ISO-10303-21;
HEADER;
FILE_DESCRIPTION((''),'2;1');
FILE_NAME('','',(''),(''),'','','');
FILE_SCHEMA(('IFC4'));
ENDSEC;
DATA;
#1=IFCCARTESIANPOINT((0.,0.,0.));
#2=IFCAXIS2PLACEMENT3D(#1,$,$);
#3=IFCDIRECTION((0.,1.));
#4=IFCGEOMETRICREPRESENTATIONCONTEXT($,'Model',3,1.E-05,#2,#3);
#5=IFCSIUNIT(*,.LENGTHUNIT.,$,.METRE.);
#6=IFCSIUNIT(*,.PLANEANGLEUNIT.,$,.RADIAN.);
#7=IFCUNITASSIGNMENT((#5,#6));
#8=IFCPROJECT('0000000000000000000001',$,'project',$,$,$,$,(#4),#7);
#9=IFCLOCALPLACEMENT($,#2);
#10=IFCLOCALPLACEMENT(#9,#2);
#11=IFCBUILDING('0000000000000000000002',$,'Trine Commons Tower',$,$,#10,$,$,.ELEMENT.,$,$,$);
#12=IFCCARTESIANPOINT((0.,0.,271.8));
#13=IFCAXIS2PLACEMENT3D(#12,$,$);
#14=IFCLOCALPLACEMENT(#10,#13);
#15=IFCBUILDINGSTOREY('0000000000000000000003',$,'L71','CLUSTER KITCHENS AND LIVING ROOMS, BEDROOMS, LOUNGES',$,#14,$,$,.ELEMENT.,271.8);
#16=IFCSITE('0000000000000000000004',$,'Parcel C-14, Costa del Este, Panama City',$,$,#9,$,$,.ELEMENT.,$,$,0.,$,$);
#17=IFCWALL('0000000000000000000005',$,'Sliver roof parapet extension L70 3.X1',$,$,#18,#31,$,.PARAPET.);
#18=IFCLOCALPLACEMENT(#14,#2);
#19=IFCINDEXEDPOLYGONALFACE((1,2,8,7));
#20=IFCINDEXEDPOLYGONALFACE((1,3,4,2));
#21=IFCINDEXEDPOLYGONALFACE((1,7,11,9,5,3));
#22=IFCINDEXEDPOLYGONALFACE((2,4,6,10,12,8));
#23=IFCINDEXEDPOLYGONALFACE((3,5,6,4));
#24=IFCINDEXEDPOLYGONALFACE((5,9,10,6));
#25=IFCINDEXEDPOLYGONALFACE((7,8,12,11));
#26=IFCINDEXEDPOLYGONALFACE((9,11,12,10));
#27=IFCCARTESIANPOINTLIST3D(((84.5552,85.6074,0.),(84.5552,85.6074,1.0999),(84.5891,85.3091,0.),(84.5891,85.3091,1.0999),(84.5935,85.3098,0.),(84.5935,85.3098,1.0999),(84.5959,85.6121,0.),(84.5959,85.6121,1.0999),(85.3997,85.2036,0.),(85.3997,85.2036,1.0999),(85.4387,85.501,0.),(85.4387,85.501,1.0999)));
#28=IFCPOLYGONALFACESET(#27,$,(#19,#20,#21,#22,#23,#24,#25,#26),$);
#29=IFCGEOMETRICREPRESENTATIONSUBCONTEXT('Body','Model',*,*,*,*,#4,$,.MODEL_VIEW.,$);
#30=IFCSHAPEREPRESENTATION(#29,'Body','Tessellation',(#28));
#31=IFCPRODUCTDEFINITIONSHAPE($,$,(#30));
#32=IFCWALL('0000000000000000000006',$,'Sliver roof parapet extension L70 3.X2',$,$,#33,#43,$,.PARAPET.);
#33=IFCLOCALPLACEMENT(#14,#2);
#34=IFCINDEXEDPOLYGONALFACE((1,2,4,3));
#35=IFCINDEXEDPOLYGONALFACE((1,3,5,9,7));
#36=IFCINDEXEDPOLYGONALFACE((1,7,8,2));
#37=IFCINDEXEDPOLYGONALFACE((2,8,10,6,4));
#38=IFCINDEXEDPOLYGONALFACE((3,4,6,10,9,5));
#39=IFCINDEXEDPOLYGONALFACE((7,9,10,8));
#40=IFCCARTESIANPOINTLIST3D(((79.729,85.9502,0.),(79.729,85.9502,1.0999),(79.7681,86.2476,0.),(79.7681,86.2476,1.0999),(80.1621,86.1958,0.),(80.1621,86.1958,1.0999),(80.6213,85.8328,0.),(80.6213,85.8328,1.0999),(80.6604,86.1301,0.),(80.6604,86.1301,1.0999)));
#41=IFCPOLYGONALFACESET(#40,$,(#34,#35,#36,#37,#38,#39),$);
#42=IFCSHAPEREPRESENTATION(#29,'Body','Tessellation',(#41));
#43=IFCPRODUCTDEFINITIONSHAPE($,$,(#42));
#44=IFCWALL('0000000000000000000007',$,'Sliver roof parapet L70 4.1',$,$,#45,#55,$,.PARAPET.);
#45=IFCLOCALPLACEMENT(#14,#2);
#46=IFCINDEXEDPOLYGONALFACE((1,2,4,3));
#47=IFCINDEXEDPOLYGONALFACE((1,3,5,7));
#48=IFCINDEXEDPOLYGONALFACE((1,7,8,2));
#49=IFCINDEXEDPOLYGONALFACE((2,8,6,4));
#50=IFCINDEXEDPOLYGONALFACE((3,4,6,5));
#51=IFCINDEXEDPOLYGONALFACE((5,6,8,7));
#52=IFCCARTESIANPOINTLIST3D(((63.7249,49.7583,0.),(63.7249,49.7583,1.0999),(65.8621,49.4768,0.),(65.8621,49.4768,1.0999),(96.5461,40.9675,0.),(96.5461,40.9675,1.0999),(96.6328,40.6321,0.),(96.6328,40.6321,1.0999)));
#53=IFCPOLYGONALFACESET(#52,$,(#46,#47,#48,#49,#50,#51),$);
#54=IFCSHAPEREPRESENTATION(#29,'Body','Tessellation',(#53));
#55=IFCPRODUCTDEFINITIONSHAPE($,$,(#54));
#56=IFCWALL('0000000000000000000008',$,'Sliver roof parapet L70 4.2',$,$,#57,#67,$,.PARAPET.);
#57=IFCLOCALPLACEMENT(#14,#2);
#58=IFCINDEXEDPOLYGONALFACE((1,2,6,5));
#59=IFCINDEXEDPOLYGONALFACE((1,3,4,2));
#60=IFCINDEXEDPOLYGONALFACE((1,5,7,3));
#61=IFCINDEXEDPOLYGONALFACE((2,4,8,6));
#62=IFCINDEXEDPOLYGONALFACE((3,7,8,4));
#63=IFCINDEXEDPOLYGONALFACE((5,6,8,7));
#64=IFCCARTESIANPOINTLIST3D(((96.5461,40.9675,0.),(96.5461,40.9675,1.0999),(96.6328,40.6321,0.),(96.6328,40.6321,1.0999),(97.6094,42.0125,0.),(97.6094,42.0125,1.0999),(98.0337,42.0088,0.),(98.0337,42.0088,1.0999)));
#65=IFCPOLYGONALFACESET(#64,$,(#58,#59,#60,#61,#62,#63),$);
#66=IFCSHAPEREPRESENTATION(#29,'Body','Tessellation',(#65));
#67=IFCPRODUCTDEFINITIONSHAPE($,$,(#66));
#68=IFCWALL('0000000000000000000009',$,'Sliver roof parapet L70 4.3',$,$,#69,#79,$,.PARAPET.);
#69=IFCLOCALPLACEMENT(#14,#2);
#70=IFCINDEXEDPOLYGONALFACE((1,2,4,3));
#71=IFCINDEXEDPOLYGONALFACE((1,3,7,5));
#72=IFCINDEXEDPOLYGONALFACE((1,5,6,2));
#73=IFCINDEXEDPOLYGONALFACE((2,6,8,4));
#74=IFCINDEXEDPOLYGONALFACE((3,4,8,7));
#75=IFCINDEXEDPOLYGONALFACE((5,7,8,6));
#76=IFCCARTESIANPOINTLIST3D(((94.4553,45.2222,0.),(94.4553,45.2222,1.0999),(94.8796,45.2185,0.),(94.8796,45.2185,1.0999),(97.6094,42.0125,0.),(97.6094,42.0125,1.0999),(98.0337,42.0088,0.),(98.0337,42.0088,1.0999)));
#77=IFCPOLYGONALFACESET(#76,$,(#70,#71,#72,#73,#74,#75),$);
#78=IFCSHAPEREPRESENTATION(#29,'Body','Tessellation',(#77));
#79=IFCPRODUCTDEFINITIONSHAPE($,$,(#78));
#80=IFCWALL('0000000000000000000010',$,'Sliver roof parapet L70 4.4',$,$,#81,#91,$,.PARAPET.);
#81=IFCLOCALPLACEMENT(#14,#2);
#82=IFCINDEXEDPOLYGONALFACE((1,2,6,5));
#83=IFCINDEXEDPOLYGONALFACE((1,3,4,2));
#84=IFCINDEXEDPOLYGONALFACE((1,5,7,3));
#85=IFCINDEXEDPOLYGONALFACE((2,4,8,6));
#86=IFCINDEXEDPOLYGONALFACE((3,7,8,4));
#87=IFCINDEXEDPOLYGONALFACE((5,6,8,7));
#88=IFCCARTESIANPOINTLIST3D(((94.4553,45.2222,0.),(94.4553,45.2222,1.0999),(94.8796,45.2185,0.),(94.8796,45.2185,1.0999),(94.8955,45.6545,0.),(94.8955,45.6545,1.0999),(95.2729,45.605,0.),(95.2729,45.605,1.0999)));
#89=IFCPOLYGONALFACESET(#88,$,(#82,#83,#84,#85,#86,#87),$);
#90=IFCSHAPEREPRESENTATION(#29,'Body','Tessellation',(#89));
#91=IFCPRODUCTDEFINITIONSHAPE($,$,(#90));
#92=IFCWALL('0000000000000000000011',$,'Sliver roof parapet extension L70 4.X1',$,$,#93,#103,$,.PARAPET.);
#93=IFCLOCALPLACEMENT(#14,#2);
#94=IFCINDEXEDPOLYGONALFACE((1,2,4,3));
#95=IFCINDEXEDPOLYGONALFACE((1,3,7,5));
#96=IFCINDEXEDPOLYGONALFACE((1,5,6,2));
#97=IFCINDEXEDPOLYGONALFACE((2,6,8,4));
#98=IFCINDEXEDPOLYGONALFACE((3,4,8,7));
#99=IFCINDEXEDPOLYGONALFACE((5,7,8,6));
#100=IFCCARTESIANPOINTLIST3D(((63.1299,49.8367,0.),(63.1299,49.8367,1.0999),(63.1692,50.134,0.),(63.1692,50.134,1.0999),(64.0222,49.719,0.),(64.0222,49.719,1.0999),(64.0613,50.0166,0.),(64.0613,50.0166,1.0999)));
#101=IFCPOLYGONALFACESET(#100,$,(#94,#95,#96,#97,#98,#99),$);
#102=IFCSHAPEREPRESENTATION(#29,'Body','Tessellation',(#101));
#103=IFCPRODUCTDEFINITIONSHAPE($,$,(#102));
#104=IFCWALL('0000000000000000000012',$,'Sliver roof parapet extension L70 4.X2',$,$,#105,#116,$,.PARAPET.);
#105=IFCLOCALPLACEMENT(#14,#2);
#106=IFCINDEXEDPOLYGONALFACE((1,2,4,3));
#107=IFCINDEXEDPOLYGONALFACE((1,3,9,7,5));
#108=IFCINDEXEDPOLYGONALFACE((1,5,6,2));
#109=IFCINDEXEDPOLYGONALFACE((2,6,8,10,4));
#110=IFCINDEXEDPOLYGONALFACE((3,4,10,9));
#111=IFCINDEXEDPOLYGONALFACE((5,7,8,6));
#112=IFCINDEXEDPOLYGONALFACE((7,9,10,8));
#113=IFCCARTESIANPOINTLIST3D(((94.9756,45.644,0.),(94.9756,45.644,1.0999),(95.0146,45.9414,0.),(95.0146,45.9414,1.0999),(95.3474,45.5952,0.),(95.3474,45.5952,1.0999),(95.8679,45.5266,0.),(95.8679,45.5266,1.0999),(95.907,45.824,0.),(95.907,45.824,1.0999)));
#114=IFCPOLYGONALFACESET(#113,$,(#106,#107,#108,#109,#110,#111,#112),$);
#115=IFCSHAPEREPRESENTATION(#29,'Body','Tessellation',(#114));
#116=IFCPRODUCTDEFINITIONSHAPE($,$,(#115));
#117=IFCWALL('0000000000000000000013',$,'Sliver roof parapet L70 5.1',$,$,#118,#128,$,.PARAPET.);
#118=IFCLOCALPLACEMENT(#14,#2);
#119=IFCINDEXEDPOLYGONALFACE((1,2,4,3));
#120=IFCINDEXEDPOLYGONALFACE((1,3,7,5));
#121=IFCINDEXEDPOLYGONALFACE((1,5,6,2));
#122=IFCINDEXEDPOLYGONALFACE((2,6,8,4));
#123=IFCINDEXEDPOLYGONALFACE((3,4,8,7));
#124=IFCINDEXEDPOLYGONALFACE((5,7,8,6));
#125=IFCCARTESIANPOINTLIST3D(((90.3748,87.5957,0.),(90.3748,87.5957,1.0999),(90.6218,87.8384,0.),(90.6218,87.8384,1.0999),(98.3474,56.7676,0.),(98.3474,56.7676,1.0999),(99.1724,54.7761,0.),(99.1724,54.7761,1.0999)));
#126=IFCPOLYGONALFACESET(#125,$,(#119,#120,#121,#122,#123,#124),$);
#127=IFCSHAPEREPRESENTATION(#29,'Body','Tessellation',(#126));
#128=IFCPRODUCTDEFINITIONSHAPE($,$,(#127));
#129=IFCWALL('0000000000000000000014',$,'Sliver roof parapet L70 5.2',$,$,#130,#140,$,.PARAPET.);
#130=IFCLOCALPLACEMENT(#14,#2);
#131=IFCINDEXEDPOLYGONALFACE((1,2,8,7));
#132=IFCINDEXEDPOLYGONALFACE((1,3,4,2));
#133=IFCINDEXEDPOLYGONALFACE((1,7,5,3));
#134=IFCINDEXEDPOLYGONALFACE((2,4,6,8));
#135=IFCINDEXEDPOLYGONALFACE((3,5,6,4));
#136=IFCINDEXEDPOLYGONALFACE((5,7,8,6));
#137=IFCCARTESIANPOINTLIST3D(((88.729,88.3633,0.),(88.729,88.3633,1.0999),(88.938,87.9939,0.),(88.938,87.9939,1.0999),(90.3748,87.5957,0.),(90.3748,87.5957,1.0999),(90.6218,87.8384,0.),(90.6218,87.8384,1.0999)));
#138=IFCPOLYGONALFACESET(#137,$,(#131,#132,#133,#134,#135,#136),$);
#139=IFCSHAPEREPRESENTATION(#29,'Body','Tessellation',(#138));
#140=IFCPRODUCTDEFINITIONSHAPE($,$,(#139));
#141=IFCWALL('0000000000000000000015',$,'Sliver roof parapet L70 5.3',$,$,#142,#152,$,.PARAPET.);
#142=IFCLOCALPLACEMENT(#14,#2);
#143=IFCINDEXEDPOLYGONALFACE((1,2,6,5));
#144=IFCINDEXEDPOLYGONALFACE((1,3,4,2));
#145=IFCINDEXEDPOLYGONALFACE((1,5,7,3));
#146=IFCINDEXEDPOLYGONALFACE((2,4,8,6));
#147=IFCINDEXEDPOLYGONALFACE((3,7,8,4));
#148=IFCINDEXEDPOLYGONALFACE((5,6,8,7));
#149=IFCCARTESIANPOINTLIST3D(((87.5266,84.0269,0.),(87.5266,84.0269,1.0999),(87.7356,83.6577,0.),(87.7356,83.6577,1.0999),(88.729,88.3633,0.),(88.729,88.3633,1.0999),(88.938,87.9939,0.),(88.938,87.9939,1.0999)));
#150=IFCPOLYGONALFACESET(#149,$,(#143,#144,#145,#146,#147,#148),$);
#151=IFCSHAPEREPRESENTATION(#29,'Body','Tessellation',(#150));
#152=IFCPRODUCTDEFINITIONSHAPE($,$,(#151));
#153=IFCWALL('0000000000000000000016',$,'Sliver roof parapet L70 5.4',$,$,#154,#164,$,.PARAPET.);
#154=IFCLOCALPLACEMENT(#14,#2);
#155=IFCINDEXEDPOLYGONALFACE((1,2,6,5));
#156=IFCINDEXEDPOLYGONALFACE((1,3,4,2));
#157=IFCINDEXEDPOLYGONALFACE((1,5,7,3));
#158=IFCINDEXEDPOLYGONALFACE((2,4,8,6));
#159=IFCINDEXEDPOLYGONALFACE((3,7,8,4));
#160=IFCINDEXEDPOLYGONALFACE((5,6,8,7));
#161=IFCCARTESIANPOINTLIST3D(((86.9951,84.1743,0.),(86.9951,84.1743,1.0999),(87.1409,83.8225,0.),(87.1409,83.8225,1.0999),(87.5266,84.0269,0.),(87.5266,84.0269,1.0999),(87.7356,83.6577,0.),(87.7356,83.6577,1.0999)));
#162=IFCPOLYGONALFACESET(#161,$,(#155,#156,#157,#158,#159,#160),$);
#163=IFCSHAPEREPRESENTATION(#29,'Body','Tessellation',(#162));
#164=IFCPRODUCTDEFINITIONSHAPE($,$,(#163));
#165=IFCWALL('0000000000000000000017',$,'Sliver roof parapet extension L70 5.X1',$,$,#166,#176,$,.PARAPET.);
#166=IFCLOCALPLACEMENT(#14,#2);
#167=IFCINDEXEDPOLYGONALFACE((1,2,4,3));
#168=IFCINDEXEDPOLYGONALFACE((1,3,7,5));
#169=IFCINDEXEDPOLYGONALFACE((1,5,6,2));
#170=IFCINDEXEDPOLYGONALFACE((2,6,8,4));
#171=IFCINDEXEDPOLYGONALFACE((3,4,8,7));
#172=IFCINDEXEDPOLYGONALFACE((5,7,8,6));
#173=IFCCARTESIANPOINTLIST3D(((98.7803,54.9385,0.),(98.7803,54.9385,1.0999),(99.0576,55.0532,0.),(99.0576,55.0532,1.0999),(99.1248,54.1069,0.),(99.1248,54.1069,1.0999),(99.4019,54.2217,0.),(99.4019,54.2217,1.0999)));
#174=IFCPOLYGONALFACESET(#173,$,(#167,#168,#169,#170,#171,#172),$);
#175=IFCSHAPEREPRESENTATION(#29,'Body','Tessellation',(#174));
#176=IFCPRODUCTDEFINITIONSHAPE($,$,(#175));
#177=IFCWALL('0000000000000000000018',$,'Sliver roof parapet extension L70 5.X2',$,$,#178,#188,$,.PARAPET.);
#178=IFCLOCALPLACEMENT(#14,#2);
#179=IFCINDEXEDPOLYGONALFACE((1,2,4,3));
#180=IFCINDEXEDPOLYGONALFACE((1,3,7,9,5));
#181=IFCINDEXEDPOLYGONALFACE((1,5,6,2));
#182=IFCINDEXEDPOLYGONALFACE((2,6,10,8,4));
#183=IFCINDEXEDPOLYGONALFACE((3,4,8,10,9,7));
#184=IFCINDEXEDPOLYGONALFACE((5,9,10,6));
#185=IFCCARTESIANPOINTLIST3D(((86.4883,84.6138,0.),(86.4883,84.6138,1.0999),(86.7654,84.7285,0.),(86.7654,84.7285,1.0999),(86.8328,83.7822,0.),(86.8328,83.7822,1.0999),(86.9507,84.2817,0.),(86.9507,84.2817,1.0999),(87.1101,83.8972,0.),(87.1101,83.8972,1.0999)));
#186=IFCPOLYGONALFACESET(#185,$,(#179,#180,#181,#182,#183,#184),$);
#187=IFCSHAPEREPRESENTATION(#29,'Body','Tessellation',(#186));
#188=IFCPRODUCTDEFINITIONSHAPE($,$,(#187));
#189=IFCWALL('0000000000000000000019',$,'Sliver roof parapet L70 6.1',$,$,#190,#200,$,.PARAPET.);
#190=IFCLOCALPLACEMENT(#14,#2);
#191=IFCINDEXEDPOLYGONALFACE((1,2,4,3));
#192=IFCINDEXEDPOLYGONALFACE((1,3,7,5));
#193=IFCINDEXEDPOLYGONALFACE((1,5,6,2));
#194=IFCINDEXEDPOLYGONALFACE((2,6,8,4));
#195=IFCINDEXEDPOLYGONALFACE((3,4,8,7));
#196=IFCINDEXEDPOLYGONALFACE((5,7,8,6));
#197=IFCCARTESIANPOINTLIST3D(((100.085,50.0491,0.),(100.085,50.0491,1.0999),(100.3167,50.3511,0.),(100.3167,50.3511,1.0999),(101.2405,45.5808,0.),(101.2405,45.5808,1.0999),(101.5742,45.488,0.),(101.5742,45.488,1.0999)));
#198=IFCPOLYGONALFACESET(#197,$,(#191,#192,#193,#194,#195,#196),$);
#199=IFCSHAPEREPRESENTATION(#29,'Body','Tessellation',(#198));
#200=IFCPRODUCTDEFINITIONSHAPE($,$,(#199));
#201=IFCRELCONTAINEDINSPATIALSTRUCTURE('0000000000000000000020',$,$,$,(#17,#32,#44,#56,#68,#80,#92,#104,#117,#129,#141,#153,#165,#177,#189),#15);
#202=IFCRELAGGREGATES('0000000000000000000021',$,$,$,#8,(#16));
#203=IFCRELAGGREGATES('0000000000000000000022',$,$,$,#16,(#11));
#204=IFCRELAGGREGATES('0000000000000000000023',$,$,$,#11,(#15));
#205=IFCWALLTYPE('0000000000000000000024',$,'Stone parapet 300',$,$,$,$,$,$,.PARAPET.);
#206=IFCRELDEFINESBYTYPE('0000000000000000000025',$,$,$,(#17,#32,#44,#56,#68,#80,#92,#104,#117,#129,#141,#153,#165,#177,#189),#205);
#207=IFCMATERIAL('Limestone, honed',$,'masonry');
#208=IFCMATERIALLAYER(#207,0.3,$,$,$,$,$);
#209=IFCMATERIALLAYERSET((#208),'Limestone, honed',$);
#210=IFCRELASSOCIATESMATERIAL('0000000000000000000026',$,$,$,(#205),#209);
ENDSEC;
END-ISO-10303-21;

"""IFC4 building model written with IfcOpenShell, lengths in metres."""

from ifc_helpers import new_model, si_unit, direction, frame, origin, place, context, subcontext, project, spatial, polyline, outline, extrude, material, layer, layer_set, type_object, element, save


model = new_model("IFC4")

# Units and contexts
model_context = context("Model", 3, precision=1e-05, world=origin(), true_north=direction((0.0, 1.0)))
body_context = subcontext(model_context, "Body", "Model", "MODEL_VIEW")
ifc_project = project(units=[si_unit("LENGTHUNIT", "METRE"), si_unit("PLANEANGLEUNIT", "RADIAN")], contexts=[model_context])

# Site, building, storey
site_placement = place(None, origin())
site = spatial("IfcSite", under=ifc_project, at=site_placement, Name="Parcel C-14, Costa del Este, Panama City", CompositionType="ELEMENT", RefElevation=0.0)
building_placement = place(site_placement, origin())
building = spatial("IfcBuilding", under=site, at=building_placement, Name="Trine Commons Tower", CompositionType="ELEMENT")
storey_placement = place(building_placement, frame((0.0, 0.0, 271.8)))
storey = spatial("IfcBuildingStorey", under=building, at=storey_placement, Name="L71", Description="CLUSTER KITCHENS AND LIVING ROOMS, BEDROOMS, LOUNGES", CompositionType="ELEMENT", Elevation=271.8)

# Walls
ifc_material = material(Name="Limestone, honed", Category="masonry")
ifc_layer = layer(ifc_material, 0.3)
ifc_layer_set = layer_set([ifc_layer], Name="Limestone, honed")
wall_type = type_object("IfcWallType", Name="Stone parapet 300", PredefinedType="PARAPET", material=ifc_layer_set)
wall_1_placement = place(storey_placement, origin())
element("IfcWall", 1, at=wall_1_placement, inside=storey, type_object=wall_type, Name="Sliver roof parapet extension L70 3.X1", PredefinedType="PARAPET", context=body_context, shape_type="SweptSolid", body=[
    extrude(outline(polyline([(84.5935, 85.3098), (85.3997, 85.2036), (85.4387, 85.501), (84.5959, 85.6121), (84.5552, 85.6074), (84.5891, 85.3091), (84.5935, 85.3098)])), origin(), (0.0, 0.0, 1.0), 1.0999),
])
wall_2_placement = place(storey_placement, origin())
element("IfcWall", 2, at=wall_2_placement, inside=storey, type_object=wall_type, Name="Sliver roof parapet extension L70 3.X2", PredefinedType="PARAPET", context=body_context, shape_type="SweptSolid", body=[
    extrude(outline(polyline([(79.7681, 86.2476), (79.729, 85.9502), (80.6213, 85.8328), (80.6604, 86.1301), (80.1621, 86.1958), (79.7681, 86.2476)])), origin(), (0.0, 0.0, 1.0), 1.0999),
])
wall_3_placement = place(storey_placement, origin())
element("IfcWall", 3, at=wall_3_placement, inside=storey, type_object=wall_type, Name="Sliver roof parapet L70 4.1", PredefinedType="PARAPET", context=body_context, shape_type="SweptSolid", body=[
    extrude(outline(polyline([(63.7249, 49.7583), (96.6328, 40.6321), (96.5461, 40.9675), (65.8621, 49.4768), (63.7249, 49.7583)])), origin(), (0.0, 0.0, 1.0), 1.0999),
])
wall_4_placement = place(storey_placement, origin())
element("IfcWall", 4, at=wall_4_placement, inside=storey, type_object=wall_type, Name="Sliver roof parapet L70 4.2", PredefinedType="PARAPET", context=body_context, shape_type="SweptSolid", body=[
    extrude(outline(polyline([(96.6328, 40.6321), (98.0337, 42.0088), (97.6094, 42.0125), (96.5461, 40.9675), (96.6328, 40.6321)])), origin(), (0.0, 0.0, 1.0), 1.0999),
])
wall_5_placement = place(storey_placement, origin())
element("IfcWall", 5, at=wall_5_placement, inside=storey, type_object=wall_type, Name="Sliver roof parapet L70 4.3", PredefinedType="PARAPET", context=body_context, shape_type="SweptSolid", body=[
    extrude(outline(polyline([(98.0337, 42.0088), (94.8796, 45.2185), (94.4553, 45.2222), (97.6094, 42.0125), (98.0337, 42.0088)])), origin(), (0.0, 0.0, 1.0), 1.0999),
])
wall_6_placement = place(storey_placement, origin())
element("IfcWall", 6, at=wall_6_placement, inside=storey, type_object=wall_type, Name="Sliver roof parapet L70 4.4", PredefinedType="PARAPET", context=body_context, shape_type="SweptSolid", body=[
    extrude(outline(polyline([(94.8796, 45.2185), (95.2729, 45.605), (94.8955, 45.6545), (94.4553, 45.2222), (94.8796, 45.2185)])), origin(), (0.0, 0.0, 1.0), 1.0999),
])
wall_7_placement = place(storey_placement, origin())
element("IfcWall", 7, at=wall_7_placement, inside=storey, type_object=wall_type, Name="Sliver roof parapet extension L70 4.X1", PredefinedType="PARAPET", context=body_context, shape_type="SweptSolid", body=[
    extrude(outline(polyline([(63.1692, 50.134), (63.1299, 49.8367), (64.0222, 49.719), (64.0613, 50.0166), (63.1692, 50.134)])), origin(), (0.0, 0.0, 1.0), 1.0999),
])
wall_8_placement = place(storey_placement, origin())
element("IfcWall", 8, at=wall_8_placement, inside=storey, type_object=wall_type, Name="Sliver roof parapet extension L70 4.X2", PredefinedType="PARAPET", context=body_context, shape_type="SweptSolid", body=[
    extrude(outline(polyline([(95.8679, 45.5266), (95.907, 45.824), (95.0146, 45.9414), (94.9756, 45.644), (95.3474, 45.5952), (95.8679, 45.5266)])), origin(), (0.0, 0.0, 1.0), 1.0999),
])
wall_9_placement = place(storey_placement, origin())
element("IfcWall", 9, at=wall_9_placement, inside=storey, type_object=wall_type, Name="Sliver roof parapet L70 5.1", PredefinedType="PARAPET", context=body_context, shape_type="SweptSolid", body=[
    extrude(outline(polyline([(99.1724, 54.7761), (90.6218, 87.8384), (90.3748, 87.5957), (98.3474, 56.7676), (99.1724, 54.7761)])), origin(), (0.0, 0.0, 1.0), 1.0999),
])
wall_10_placement = place(storey_placement, origin())
element("IfcWall", 10, at=wall_10_placement, inside=storey, type_object=wall_type, Name="Sliver roof parapet L70 5.2", PredefinedType="PARAPET", context=body_context, shape_type="SweptSolid", body=[
    extrude(outline(polyline([(90.6218, 87.8384), (88.729, 88.3633), (88.938, 87.9939), (90.3748, 87.5957), (90.6218, 87.8384)])), origin(), (0.0, 0.0, 1.0), 1.0999),
])
wall_11_placement = place(storey_placement, origin())
element("IfcWall", 11, at=wall_11_placement, inside=storey, type_object=wall_type, Name="Sliver roof parapet L70 5.3", PredefinedType="PARAPET", context=body_context, shape_type="SweptSolid", body=[
    extrude(outline(polyline([(88.729, 88.3633), (87.5266, 84.0269), (87.7356, 83.6577), (88.938, 87.9939), (88.729, 88.3633)])), origin(), (0.0, 0.0, 1.0), 1.0999),
])
wall_12_placement = place(storey_placement, origin())
element("IfcWall", 12, at=wall_12_placement, inside=storey, type_object=wall_type, Name="Sliver roof parapet L70 5.4", PredefinedType="PARAPET", context=body_context, shape_type="SweptSolid", body=[
    extrude(outline(polyline([(87.5266, 84.0269), (86.9951, 84.1743), (87.1409, 83.8225), (87.7356, 83.6577), (87.5266, 84.0269)])), origin(), (0.0, 0.0, 1.0), 1.0999),
])
wall_13_placement = place(storey_placement, origin())
element("IfcWall", 13, at=wall_13_placement, inside=storey, type_object=wall_type, Name="Sliver roof parapet extension L70 5.X1", PredefinedType="PARAPET", context=body_context, shape_type="SweptSolid", body=[
    extrude(outline(polyline([(99.1248, 54.1069), (99.4019, 54.2217), (99.0576, 55.0532), (98.7803, 54.9385), (99.1248, 54.1069)])), origin(), (0.0, 0.0, 1.0), 1.0999),
])
wall_14_placement = place(storey_placement, origin())
element("IfcWall", 14, at=wall_14_placement, inside=storey, type_object=wall_type, Name="Sliver roof parapet extension L70 5.X2", PredefinedType="PARAPET", context=body_context, shape_type="SweptSolid", body=[
    extrude(outline(polyline([(86.7654, 84.7285), (86.4883, 84.6138), (86.8328, 83.7822), (87.1101, 83.8972), (86.9507, 84.2817), (86.7654, 84.7285)])), origin(), (0.0, 0.0, 1.0), 1.0999),
])
wall_15_placement = place(storey_placement, origin())
element("IfcWall", 15, at=wall_15_placement, inside=storey, type_object=wall_type, Name="Sliver roof parapet L70 6.1", PredefinedType="PARAPET", context=body_context, shape_type="SweptSolid", body=[
    extrude(outline(polyline([(101.5742, 45.488), (100.3167, 50.3511), (100.085, 50.0491), (101.2405, 45.5808), (101.5742, 45.488)])), origin(), (0.0, 0.0, 1.0), 1.0999),
])

save(model, "model.ifc")
